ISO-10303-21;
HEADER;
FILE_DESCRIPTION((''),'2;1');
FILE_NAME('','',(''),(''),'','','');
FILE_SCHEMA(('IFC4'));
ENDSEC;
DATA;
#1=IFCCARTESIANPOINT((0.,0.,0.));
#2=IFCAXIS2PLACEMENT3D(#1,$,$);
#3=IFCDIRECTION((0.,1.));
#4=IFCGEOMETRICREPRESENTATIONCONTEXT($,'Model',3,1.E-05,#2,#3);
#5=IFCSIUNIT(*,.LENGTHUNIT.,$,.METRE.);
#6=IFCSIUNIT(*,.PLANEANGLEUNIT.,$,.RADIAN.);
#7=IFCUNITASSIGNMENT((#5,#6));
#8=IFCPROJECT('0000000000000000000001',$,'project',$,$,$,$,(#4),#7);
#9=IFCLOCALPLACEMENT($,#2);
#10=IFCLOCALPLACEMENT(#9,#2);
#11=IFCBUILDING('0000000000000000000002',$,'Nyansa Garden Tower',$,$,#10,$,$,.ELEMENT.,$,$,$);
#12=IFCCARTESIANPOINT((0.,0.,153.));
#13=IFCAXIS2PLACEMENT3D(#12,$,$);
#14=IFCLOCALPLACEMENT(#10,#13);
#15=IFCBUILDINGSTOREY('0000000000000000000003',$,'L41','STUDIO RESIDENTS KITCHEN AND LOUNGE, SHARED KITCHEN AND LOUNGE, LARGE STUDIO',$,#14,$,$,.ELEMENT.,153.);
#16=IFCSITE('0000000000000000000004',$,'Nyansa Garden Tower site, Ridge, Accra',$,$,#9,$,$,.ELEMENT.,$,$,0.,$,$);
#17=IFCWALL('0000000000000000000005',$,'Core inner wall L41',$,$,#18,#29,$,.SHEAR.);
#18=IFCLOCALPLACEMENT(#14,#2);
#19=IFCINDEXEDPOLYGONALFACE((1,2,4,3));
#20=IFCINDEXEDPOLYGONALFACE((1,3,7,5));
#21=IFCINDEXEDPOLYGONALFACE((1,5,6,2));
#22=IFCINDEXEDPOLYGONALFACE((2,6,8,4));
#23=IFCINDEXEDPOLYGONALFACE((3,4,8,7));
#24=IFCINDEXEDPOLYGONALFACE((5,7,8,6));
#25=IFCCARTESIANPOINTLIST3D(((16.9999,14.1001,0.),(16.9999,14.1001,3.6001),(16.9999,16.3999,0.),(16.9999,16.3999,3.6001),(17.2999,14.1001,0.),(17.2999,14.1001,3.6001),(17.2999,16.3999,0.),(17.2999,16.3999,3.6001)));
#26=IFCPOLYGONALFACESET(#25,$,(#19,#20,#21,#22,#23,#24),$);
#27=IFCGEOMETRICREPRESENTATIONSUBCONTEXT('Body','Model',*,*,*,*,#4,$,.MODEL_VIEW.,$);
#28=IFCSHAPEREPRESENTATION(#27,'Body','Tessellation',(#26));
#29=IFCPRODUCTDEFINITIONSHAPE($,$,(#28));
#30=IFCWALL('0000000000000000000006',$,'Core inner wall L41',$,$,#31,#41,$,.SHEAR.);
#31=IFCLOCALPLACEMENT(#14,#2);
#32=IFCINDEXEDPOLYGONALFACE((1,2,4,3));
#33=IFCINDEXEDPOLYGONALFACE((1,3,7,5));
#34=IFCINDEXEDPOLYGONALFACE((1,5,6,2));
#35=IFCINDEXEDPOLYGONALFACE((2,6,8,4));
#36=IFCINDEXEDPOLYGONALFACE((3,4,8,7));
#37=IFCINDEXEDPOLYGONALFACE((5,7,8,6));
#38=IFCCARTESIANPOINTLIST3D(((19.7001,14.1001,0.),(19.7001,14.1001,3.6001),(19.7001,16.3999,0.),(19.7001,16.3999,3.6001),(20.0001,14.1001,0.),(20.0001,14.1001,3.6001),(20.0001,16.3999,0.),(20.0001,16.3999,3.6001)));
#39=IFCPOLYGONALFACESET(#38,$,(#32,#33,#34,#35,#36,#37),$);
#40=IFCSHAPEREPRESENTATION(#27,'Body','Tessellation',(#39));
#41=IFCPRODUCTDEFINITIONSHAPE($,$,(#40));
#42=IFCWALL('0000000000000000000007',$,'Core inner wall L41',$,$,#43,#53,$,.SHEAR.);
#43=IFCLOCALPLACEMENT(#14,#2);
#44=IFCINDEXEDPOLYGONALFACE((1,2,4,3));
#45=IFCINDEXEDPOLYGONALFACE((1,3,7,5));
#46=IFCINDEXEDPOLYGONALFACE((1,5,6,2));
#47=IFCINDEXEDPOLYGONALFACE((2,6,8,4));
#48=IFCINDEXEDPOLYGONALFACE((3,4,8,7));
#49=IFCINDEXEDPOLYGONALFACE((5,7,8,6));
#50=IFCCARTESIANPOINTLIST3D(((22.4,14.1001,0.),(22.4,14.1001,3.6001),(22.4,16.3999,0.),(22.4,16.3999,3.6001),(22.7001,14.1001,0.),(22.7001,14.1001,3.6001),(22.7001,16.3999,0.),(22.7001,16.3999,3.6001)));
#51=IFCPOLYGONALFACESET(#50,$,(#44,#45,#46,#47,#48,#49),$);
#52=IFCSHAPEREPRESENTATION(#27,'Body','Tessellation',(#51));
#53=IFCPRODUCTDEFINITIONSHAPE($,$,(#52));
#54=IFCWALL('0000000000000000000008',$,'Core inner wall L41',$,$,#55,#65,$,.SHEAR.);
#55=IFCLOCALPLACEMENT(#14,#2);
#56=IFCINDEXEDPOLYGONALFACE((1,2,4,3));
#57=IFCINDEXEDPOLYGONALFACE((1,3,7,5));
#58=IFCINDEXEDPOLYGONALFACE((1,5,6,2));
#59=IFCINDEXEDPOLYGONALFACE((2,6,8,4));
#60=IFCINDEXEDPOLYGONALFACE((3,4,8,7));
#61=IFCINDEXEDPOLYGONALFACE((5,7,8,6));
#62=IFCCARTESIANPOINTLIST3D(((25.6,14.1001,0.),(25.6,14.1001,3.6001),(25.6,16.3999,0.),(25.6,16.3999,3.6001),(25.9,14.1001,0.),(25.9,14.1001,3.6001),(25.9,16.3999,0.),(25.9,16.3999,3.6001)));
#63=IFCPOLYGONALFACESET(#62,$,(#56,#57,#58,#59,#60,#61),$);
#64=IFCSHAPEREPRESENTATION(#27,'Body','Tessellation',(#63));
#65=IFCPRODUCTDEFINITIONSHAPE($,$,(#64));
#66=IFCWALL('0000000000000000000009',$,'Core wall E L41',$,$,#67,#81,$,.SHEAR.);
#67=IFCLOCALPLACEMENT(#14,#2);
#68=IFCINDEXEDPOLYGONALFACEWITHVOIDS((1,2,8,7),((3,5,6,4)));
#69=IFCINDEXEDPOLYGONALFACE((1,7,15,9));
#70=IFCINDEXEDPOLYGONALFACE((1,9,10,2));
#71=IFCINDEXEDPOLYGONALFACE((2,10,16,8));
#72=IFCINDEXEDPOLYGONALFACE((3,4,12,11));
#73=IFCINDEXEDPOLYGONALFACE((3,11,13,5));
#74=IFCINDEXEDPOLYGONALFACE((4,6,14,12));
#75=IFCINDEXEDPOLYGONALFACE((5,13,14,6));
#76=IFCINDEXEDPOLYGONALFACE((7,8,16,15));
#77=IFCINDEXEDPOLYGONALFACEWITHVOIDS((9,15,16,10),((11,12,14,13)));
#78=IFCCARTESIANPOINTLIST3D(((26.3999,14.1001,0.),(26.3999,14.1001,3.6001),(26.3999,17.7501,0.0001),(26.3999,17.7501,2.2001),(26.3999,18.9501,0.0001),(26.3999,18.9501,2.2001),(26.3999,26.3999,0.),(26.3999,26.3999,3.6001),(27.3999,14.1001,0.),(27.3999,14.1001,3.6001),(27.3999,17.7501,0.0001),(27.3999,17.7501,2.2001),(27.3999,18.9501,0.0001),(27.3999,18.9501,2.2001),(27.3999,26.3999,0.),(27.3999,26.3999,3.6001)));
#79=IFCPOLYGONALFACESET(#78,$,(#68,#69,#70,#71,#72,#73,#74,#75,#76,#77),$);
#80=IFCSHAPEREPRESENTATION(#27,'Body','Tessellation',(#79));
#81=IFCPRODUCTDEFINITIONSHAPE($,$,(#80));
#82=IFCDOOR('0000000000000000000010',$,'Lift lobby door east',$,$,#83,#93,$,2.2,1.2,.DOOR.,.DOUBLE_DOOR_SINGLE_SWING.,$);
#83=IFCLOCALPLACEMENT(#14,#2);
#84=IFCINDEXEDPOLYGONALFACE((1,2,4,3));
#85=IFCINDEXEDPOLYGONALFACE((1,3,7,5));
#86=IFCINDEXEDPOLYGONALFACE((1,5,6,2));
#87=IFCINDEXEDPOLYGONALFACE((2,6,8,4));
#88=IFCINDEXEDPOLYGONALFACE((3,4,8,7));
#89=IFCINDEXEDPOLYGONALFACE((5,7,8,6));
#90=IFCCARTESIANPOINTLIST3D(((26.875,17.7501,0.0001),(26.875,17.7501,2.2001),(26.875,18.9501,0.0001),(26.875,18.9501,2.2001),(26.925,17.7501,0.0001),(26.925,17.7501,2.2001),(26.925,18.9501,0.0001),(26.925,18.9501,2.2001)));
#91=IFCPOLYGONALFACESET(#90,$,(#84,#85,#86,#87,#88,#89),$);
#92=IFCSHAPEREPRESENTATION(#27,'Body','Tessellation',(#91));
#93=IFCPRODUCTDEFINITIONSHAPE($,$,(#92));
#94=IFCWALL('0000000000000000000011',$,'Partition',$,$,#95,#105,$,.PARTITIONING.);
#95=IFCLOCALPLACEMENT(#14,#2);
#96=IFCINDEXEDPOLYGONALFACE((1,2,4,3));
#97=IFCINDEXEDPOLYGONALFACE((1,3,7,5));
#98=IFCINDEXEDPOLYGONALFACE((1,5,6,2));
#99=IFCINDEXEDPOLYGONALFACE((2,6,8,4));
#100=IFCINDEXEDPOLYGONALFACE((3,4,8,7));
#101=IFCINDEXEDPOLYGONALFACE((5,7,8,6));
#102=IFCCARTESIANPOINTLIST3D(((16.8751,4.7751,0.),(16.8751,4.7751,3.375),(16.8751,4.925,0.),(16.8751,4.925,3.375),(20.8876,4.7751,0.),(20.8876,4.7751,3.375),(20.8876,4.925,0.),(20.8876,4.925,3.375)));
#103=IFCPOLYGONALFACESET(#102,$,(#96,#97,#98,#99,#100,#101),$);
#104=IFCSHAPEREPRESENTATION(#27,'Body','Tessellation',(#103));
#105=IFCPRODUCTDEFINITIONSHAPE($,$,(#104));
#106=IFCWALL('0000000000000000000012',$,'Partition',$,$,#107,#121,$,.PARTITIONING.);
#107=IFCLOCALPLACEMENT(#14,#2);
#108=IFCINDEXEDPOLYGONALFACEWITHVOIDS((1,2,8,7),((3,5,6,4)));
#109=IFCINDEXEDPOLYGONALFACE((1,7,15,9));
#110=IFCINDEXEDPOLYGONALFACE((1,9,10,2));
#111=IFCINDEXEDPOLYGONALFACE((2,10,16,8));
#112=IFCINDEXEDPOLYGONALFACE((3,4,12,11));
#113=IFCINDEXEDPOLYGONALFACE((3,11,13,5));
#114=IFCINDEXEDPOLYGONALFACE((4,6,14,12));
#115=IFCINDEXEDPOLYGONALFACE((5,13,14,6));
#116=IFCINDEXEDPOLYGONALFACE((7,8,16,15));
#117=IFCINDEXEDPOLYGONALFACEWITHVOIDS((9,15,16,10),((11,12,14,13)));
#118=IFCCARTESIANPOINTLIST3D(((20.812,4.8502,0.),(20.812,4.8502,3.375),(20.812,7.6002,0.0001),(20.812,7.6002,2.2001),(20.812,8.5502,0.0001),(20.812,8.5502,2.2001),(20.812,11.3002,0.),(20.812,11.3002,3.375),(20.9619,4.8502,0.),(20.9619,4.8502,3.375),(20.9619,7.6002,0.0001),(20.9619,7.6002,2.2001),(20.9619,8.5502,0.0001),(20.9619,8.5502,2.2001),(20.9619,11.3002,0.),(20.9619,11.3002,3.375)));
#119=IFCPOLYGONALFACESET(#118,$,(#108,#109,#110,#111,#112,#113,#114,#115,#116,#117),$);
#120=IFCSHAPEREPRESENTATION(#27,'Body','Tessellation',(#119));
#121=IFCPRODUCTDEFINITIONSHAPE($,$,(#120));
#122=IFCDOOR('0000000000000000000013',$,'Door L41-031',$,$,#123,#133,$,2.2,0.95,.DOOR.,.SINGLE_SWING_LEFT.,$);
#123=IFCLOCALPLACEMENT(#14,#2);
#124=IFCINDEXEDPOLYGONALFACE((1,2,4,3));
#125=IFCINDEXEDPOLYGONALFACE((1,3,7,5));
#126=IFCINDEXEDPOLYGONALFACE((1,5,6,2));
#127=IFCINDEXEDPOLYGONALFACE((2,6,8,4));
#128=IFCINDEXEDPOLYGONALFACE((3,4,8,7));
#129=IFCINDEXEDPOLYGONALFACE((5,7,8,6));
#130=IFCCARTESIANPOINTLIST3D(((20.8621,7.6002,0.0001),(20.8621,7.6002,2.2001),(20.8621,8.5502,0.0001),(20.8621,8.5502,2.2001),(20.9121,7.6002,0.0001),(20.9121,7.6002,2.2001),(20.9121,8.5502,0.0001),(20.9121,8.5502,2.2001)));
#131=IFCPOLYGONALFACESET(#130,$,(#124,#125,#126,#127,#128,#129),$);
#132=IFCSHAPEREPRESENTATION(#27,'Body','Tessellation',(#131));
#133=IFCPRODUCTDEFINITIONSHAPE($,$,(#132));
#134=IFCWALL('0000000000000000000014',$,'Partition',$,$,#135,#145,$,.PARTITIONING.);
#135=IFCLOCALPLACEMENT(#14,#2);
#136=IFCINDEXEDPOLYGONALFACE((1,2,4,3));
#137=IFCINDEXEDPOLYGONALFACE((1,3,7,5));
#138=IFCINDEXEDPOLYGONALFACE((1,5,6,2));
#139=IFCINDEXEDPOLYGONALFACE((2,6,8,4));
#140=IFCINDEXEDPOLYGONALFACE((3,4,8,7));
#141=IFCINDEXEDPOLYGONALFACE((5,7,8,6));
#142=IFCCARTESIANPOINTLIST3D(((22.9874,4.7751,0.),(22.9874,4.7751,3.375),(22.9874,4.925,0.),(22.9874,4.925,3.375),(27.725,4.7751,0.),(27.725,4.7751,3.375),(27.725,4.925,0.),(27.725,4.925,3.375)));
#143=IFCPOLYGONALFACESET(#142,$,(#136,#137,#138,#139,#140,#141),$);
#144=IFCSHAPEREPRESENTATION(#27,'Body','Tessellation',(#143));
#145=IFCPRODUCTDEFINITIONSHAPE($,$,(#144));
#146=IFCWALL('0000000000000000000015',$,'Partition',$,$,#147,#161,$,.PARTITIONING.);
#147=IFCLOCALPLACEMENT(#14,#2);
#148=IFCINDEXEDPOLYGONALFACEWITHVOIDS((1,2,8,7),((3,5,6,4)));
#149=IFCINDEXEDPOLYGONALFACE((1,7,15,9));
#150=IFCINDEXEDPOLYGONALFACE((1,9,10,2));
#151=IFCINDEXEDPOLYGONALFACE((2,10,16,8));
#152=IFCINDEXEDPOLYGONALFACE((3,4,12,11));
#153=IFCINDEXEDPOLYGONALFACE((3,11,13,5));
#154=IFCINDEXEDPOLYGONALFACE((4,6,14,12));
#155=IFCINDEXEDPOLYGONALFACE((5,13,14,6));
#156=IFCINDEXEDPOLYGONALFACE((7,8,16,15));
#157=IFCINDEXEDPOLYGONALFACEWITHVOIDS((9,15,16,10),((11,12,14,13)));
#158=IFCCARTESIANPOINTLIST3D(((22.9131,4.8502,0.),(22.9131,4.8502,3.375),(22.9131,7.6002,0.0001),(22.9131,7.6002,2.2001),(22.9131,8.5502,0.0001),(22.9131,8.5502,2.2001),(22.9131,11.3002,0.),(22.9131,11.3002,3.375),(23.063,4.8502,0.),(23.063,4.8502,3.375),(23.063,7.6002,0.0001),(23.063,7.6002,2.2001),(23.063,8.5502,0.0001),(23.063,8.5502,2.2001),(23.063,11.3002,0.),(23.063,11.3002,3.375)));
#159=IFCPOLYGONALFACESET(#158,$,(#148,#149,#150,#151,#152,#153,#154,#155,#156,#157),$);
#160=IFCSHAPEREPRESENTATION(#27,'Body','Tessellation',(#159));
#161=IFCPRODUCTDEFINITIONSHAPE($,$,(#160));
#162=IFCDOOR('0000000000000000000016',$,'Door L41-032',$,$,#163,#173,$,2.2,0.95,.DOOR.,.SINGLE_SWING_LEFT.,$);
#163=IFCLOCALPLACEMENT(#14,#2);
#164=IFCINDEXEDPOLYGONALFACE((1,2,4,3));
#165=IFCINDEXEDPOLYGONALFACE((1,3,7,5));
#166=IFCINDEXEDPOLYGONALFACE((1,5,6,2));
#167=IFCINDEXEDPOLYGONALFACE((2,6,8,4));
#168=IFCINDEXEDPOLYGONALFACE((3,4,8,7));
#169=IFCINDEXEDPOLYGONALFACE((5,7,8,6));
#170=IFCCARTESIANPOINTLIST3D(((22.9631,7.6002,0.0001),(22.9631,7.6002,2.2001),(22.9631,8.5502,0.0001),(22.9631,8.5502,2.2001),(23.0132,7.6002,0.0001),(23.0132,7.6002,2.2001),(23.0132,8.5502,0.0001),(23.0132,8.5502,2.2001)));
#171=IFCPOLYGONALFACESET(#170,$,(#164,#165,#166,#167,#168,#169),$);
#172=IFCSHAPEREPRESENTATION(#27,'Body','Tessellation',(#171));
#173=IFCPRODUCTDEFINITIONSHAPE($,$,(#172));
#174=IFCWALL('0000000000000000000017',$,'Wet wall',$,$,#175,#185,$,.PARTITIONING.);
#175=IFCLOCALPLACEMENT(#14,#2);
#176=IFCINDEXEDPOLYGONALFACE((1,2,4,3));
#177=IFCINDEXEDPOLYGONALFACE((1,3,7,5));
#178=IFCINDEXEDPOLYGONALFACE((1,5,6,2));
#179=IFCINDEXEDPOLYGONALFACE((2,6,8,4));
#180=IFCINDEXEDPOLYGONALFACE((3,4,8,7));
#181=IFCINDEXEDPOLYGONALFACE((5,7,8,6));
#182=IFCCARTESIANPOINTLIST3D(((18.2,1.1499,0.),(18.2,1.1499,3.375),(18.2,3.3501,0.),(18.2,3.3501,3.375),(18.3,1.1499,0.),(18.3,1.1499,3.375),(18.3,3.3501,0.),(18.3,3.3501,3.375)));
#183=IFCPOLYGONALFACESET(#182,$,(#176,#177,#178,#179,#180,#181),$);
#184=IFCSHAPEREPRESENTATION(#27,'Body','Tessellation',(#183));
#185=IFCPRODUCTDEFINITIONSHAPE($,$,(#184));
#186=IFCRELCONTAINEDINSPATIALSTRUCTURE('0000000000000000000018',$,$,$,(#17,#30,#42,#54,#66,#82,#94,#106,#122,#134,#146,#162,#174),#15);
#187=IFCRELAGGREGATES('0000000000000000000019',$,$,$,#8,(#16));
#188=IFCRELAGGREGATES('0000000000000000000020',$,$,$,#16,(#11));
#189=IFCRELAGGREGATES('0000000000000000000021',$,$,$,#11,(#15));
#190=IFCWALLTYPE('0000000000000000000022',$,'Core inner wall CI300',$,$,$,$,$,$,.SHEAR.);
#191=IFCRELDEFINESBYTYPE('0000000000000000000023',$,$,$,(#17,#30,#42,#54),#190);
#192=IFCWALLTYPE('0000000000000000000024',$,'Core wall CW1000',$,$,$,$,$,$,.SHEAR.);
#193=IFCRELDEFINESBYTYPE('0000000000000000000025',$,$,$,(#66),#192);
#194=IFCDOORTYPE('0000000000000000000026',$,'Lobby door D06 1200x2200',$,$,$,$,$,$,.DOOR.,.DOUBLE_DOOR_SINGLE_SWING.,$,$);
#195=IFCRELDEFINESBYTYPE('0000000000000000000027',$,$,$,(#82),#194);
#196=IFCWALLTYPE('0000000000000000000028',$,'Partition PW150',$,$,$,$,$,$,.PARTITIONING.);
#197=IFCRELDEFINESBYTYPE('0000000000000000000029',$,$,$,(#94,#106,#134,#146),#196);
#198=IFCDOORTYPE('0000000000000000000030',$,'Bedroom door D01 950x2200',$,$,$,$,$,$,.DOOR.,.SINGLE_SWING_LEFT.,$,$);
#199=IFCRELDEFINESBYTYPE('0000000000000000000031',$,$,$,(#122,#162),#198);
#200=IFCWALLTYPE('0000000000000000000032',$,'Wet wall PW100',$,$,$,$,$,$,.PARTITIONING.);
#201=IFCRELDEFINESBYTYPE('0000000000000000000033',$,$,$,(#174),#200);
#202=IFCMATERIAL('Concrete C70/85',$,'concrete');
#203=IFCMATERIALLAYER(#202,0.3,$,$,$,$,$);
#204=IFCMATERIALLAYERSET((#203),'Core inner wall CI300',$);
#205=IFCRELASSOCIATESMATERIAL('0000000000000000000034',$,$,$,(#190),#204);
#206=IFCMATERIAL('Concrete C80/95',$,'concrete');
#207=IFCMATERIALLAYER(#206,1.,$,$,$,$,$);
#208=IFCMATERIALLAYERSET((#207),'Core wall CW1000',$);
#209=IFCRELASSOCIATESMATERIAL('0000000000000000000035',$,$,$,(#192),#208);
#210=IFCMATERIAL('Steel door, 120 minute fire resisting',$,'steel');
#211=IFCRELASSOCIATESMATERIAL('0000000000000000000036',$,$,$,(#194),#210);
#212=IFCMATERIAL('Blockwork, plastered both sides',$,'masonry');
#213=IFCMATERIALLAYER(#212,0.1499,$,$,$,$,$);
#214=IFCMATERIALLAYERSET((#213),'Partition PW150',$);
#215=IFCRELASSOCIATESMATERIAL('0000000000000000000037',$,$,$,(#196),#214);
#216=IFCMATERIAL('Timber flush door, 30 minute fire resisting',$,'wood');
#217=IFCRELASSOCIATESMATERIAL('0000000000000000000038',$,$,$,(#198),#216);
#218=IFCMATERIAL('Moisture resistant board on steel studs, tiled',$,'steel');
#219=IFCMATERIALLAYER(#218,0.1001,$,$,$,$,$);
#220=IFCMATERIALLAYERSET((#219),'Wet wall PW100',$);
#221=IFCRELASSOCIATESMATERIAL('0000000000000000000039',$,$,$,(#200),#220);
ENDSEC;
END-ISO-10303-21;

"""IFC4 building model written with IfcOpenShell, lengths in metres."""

from ifc_helpers import new_model, si_unit, direction, frame, frame_2d, origin, place, context, subcontext, project, spatial, rectangle, extrude, material, layer, layer_set, type_object, element, fill, save


model = new_model("IFC4")

# Units and contexts
model_context = context("Model", 3, precision=1e-05, world=origin(), true_north=direction((0.0, 1.0)))
body_context = subcontext(model_context, "Body", "Model", "MODEL_VIEW")
ifc_project = project(units=[si_unit("LENGTHUNIT", "METRE"), si_unit("PLANEANGLEUNIT", "RADIAN")], contexts=[model_context])

# Site, building, storey
site_placement = place(None, origin())
site = spatial("IfcSite", under=ifc_project, at=site_placement, Name="Nyansa Garden Tower site, Ridge, Accra", CompositionType="ELEMENT", RefElevation=0.0)
building_placement = place(site_placement, origin())
building = spatial("IfcBuilding", under=site, at=building_placement, Name="Nyansa Garden Tower", CompositionType="ELEMENT")
storey_placement = place(building_placement, frame((0.0, 0.0, 153.0)))
storey = spatial("IfcBuildingStorey", under=building, at=storey_placement, Name="L41", Description="STUDIO RESIDENTS KITCHEN AND LOUNGE, SHARED KITCHEN AND LOUNGE, LARGE STUDIO", CompositionType="ELEMENT", Elevation=153.0)

# Walls
ifc_material_1 = material(Name="Concrete C70/85", Category="concrete")
ifc_layer_1 = layer(ifc_material_1, 0.3)
ifc_layer_set_1 = layer_set([ifc_layer_1], Name="Core inner wall CI300")
wall_type_1 = type_object("IfcWallType", Name="Core inner wall CI300", PredefinedType="SHEAR", material=ifc_layer_set_1)
for number, where, z_axis, x_axis, name in (
    (1, (17.1499, 14.1001, 0.0), (0.0, 0.0, 1.0), (0.0, 1.0, 0.0), "Core inner wall L41"),
    (2, (19.8501, 14.1001, 0.0), (0.0, 0.0, 1.0), (0.0, 1.0, 0.0), "Core inner wall L41"),
    (3, (22.55, 14.1001, 0.0), (0.0, 0.0, 1.0), (0.0, 1.0, 0.0), "Core inner wall L41"),
    (4, (25.75, 14.1001, 0.0), (0.0, 0.0, 1.0), (0.0, 1.0, 0.0), "Core inner wall L41"),
):
    element("IfcWall", number, at=place(storey_placement, frame(where, z_axis=z_axis, x_axis=x_axis)), inside=storey, type_object=wall_type_1, Name=name, PredefinedType="SHEAR", context=body_context, shape_type="SweptSolid", body=[
        extrude(rectangle(XDim=2.2998, YDim=0.3, at=frame_2d((1.1499, 0.0))), origin(), (0.0, 0.0, 1.0), 3.6001),
    ])

# Wall, opening, door
ifc_material_2 = material(Name="Concrete C80/95", Category="concrete")
ifc_layer_2 = layer(ifc_material_2, 1.0)
ifc_layer_set_2 = layer_set([ifc_layer_2], Name="Core wall CW1000")
wall_type_2 = type_object("IfcWallType", Name="Core wall CW1000", PredefinedType="SHEAR", material=ifc_layer_set_2)
wall_1_placement = place(storey_placement, frame((26.8999, 14.1001, 0.0), z_axis=(0.0, 0.0, 1.0), x_axis=(0.0, 1.0, 0.0)))
wall_1 = element("IfcWall", 5, at=wall_1_placement, inside=storey, type_object=wall_type_2, Name="Core wall E L41", PredefinedType="SHEAR", context=body_context, shape_type="SweptSolid", body=[
    extrude(rectangle(XDim=12.2998, YDim=1.0, at=frame_2d((6.1499, 0.0))), origin(), (0.0, 0.0, 1.0), 3.6001),
])
opening_1_placement = place(wall_1_placement, frame((3.6499, 0.0, 0.0)))
opening_1 = element("IfcOpeningElement", 6, at=opening_1_placement, cuts=wall_1, PredefinedType="OPENING", context=body_context, shape_type="SweptSolid", body=[
    extrude(rectangle(XDim=1.2, YDim=2.2, at=frame_2d((0.6001, 1.1001))), frame((0.0, 0.51, 0.0), z_axis=(0.0, -1.0, 0.0), x_axis=(1.0, 0.0, 0.0)), (0.0, 0.0, 1.0), 1.02),
])
ifc_material_3 = material(Name="Steel door, 120 minute fire resisting", Category="steel")
door_type_1 = type_object("IfcDoorType", Name="Lobby door D06 1200x2200", OperationType="DOUBLE_DOOR_SINGLE_SWING", PredefinedType="DOOR", material=ifc_material_3)
door_1_placement = place(opening_1_placement, origin())
door_1 = element("IfcDoor", 7, at=door_1_placement, inside=storey, type_object=door_type_1, Name="Lift lobby door east", OperationType="DOUBLE_DOOR_SINGLE_SWING", OverallHeight=2.2, OverallWidth=1.2, PredefinedType="DOOR", context=body_context, shape_type="SweptSolid", body=[
    extrude(rectangle(XDim=1.2, YDim=2.2, at=frame_2d((0.6001, 1.1001))), frame((0.0, 0.0249, 0.0), z_axis=(0.0, -1.0, 0.0), x_axis=(1.0, 0.0, 0.0)), (0.0, 0.0, 1.0), 0.05),
])
fill(opening_1, door_1)

# Wall
ifc_material_4 = material(Name="Blockwork, plastered both sides", Category="masonry")
ifc_layer_3 = layer(ifc_material_4, 0.1499)
ifc_layer_set_3 = layer_set([ifc_layer_3], Name="Partition PW150")
wall_type_3 = type_object("IfcWallType", Name="Partition PW150", PredefinedType="PARTITIONING", material=ifc_layer_set_3)
wall_2_placement = place(storey_placement, frame((16.875, 4.8501, 0.0), z_axis=(0.0, 0.0, 1.0), x_axis=(1.0, 0.0, 0.0)))
element("IfcWall", 8, at=wall_2_placement, inside=storey, type_object=wall_type_3, Name="Partition", PredefinedType="PARTITIONING", context=body_context, shape_type="SweptSolid", body=[
    extrude(rectangle(XDim=4.0125, YDim=0.1499, at=frame_2d((2.0063, 0.0))), origin(), (0.0, 0.0, 1.0), 3.375),
])

# Wall, opening, door
wall_3_placement = place(storey_placement, frame((20.887, 4.8501, 0.0), z_axis=(0.0, 0.0, 1.0), x_axis=(0.0, 1.0, 0.0)))
wall_3 = element("IfcWall", 9, at=wall_3_placement, inside=storey, type_object=wall_type_3, Name="Partition", PredefinedType="PARTITIONING", context=body_context, shape_type="SweptSolid", body=[
    extrude(rectangle(XDim=6.45, YDim=0.1499, at=frame_2d((3.2251, 0.0))), origin(), (0.0, 0.0, 1.0), 3.375),
])
opening_2_placement = place(wall_3_placement, frame((2.75, 0.0, 0.0)))
opening_2 = element("IfcOpeningElement", 10, at=opening_2_placement, cuts=wall_3, PredefinedType="OPENING", context=body_context, shape_type="SweptSolid", body=[
    extrude(rectangle(XDim=0.95, YDim=2.2, at=frame_2d((0.4751, 1.1001))), frame((0.0, 0.085, 0.0), z_axis=(0.0, -1.0, 0.0), x_axis=(1.0, 0.0, 0.0)), (0.0, 0.0, 1.0), 0.1699),
])
ifc_material_5 = material(Name="Timber flush door, 30 minute fire resisting", Category="wood")
door_type_2 = type_object("IfcDoorType", Name="Bedroom door D01 950x2200", OperationType="SINGLE_SWING_LEFT", PredefinedType="DOOR", material=ifc_material_5)
door_2_placement = place(opening_2_placement, origin())
door_2 = element("IfcDoor", 11, at=door_2_placement, inside=storey, type_object=door_type_2, Name="Door L41-031", OperationType="SINGLE_SWING_LEFT", OverallHeight=2.2, OverallWidth=0.95, PredefinedType="DOOR", context=body_context, shape_type="SweptSolid", body=[
    extrude(rectangle(XDim=0.95, YDim=2.2, at=frame_2d((0.4751, 1.1001))), frame((0.0, 0.0249, 0.0), z_axis=(0.0, -1.0, 0.0), x_axis=(1.0, 0.0, 0.0)), (0.0, 0.0, 1.0), 0.05),
])
fill(opening_2, door_2)

# Wall
wall_4_placement = place(storey_placement, frame((22.9875, 4.8501, 0.0), z_axis=(0.0, 0.0, 1.0), x_axis=(1.0, 0.0, 0.0)))
element("IfcWall", 12, at=wall_4_placement, inside=storey, type_object=wall_type_3, Name="Partition", PredefinedType="PARTITIONING", context=body_context, shape_type="SweptSolid", body=[
    extrude(rectangle(XDim=4.7375, YDim=0.1499, at=frame_2d((2.3687, 0.0))), origin(), (0.0, 0.0, 1.0), 3.375),
])

# Wall, opening, door
wall_5_placement = place(storey_placement, frame((22.988, 4.8501, 0.0), z_axis=(0.0, 0.0, 1.0), x_axis=(0.0, 1.0, 0.0)))
wall_5 = element("IfcWall", 13, at=wall_5_placement, inside=storey, type_object=wall_type_3, Name="Partition", PredefinedType="PARTITIONING", context=body_context, shape_type="SweptSolid", body=[
    extrude(rectangle(XDim=6.45, YDim=0.1499, at=frame_2d((3.2251, 0.0))), origin(), (0.0, 0.0, 1.0), 3.375),
])
opening_3_placement = place(wall_5_placement, frame((2.75, 0.0, 0.0)))
opening_3 = element("IfcOpeningElement", 14, at=opening_3_placement, cuts=wall_5, PredefinedType="OPENING", context=body_context, shape_type="SweptSolid", body=[
    extrude(rectangle(XDim=0.95, YDim=2.2, at=frame_2d((0.4751, 1.1001))), frame((0.0, 0.085, 0.0), z_axis=(0.0, -1.0, 0.0), x_axis=(1.0, 0.0, 0.0)), (0.0, 0.0, 1.0), 0.1699),
])
door_3_placement = place(opening_3_placement, origin())
door_3 = element("IfcDoor", 15, at=door_3_placement, inside=storey, type_object=door_type_2, Name="Door L41-032", OperationType="SINGLE_SWING_LEFT", OverallHeight=2.2, OverallWidth=0.95, PredefinedType="DOOR", context=body_context, shape_type="SweptSolid", body=[
    extrude(rectangle(XDim=0.95, YDim=2.2, at=frame_2d((0.4751, 1.1001))), frame((0.0, 0.0249, 0.0), z_axis=(0.0, -1.0, 0.0), x_axis=(1.0, 0.0, 0.0)), (0.0, 0.0, 1.0), 0.05),
])
fill(opening_3, door_3)

# Wall
ifc_material_6 = material(Name="Moisture resistant board on steel studs, tiled", Category="steel")
ifc_layer_4 = layer(ifc_material_6, 0.1001)
ifc_layer_set_4 = layer_set([ifc_layer_4], Name="Wet wall PW100")
wall_type_4 = type_object("IfcWallType", Name="Wet wall PW100", PredefinedType="PARTITIONING", material=ifc_layer_set_4)
wall_6_placement = place(storey_placement, frame((18.25, 1.1499, 0.0), z_axis=(0.0, 0.0, 1.0), x_axis=(0.0, 1.0, 0.0)))
element("IfcWall", 16, at=wall_6_placement, inside=storey, type_object=wall_type_4, Name="Wet wall", PredefinedType="PARTITIONING", context=body_context, shape_type="SweptSolid", body=[
    extrude(rectangle(XDim=2.2002, YDim=0.1001, at=frame_2d((1.1001, 0.0))), origin(), (0.0, 0.0, 1.0), 3.375),
])

save(model, "model.ifc")
